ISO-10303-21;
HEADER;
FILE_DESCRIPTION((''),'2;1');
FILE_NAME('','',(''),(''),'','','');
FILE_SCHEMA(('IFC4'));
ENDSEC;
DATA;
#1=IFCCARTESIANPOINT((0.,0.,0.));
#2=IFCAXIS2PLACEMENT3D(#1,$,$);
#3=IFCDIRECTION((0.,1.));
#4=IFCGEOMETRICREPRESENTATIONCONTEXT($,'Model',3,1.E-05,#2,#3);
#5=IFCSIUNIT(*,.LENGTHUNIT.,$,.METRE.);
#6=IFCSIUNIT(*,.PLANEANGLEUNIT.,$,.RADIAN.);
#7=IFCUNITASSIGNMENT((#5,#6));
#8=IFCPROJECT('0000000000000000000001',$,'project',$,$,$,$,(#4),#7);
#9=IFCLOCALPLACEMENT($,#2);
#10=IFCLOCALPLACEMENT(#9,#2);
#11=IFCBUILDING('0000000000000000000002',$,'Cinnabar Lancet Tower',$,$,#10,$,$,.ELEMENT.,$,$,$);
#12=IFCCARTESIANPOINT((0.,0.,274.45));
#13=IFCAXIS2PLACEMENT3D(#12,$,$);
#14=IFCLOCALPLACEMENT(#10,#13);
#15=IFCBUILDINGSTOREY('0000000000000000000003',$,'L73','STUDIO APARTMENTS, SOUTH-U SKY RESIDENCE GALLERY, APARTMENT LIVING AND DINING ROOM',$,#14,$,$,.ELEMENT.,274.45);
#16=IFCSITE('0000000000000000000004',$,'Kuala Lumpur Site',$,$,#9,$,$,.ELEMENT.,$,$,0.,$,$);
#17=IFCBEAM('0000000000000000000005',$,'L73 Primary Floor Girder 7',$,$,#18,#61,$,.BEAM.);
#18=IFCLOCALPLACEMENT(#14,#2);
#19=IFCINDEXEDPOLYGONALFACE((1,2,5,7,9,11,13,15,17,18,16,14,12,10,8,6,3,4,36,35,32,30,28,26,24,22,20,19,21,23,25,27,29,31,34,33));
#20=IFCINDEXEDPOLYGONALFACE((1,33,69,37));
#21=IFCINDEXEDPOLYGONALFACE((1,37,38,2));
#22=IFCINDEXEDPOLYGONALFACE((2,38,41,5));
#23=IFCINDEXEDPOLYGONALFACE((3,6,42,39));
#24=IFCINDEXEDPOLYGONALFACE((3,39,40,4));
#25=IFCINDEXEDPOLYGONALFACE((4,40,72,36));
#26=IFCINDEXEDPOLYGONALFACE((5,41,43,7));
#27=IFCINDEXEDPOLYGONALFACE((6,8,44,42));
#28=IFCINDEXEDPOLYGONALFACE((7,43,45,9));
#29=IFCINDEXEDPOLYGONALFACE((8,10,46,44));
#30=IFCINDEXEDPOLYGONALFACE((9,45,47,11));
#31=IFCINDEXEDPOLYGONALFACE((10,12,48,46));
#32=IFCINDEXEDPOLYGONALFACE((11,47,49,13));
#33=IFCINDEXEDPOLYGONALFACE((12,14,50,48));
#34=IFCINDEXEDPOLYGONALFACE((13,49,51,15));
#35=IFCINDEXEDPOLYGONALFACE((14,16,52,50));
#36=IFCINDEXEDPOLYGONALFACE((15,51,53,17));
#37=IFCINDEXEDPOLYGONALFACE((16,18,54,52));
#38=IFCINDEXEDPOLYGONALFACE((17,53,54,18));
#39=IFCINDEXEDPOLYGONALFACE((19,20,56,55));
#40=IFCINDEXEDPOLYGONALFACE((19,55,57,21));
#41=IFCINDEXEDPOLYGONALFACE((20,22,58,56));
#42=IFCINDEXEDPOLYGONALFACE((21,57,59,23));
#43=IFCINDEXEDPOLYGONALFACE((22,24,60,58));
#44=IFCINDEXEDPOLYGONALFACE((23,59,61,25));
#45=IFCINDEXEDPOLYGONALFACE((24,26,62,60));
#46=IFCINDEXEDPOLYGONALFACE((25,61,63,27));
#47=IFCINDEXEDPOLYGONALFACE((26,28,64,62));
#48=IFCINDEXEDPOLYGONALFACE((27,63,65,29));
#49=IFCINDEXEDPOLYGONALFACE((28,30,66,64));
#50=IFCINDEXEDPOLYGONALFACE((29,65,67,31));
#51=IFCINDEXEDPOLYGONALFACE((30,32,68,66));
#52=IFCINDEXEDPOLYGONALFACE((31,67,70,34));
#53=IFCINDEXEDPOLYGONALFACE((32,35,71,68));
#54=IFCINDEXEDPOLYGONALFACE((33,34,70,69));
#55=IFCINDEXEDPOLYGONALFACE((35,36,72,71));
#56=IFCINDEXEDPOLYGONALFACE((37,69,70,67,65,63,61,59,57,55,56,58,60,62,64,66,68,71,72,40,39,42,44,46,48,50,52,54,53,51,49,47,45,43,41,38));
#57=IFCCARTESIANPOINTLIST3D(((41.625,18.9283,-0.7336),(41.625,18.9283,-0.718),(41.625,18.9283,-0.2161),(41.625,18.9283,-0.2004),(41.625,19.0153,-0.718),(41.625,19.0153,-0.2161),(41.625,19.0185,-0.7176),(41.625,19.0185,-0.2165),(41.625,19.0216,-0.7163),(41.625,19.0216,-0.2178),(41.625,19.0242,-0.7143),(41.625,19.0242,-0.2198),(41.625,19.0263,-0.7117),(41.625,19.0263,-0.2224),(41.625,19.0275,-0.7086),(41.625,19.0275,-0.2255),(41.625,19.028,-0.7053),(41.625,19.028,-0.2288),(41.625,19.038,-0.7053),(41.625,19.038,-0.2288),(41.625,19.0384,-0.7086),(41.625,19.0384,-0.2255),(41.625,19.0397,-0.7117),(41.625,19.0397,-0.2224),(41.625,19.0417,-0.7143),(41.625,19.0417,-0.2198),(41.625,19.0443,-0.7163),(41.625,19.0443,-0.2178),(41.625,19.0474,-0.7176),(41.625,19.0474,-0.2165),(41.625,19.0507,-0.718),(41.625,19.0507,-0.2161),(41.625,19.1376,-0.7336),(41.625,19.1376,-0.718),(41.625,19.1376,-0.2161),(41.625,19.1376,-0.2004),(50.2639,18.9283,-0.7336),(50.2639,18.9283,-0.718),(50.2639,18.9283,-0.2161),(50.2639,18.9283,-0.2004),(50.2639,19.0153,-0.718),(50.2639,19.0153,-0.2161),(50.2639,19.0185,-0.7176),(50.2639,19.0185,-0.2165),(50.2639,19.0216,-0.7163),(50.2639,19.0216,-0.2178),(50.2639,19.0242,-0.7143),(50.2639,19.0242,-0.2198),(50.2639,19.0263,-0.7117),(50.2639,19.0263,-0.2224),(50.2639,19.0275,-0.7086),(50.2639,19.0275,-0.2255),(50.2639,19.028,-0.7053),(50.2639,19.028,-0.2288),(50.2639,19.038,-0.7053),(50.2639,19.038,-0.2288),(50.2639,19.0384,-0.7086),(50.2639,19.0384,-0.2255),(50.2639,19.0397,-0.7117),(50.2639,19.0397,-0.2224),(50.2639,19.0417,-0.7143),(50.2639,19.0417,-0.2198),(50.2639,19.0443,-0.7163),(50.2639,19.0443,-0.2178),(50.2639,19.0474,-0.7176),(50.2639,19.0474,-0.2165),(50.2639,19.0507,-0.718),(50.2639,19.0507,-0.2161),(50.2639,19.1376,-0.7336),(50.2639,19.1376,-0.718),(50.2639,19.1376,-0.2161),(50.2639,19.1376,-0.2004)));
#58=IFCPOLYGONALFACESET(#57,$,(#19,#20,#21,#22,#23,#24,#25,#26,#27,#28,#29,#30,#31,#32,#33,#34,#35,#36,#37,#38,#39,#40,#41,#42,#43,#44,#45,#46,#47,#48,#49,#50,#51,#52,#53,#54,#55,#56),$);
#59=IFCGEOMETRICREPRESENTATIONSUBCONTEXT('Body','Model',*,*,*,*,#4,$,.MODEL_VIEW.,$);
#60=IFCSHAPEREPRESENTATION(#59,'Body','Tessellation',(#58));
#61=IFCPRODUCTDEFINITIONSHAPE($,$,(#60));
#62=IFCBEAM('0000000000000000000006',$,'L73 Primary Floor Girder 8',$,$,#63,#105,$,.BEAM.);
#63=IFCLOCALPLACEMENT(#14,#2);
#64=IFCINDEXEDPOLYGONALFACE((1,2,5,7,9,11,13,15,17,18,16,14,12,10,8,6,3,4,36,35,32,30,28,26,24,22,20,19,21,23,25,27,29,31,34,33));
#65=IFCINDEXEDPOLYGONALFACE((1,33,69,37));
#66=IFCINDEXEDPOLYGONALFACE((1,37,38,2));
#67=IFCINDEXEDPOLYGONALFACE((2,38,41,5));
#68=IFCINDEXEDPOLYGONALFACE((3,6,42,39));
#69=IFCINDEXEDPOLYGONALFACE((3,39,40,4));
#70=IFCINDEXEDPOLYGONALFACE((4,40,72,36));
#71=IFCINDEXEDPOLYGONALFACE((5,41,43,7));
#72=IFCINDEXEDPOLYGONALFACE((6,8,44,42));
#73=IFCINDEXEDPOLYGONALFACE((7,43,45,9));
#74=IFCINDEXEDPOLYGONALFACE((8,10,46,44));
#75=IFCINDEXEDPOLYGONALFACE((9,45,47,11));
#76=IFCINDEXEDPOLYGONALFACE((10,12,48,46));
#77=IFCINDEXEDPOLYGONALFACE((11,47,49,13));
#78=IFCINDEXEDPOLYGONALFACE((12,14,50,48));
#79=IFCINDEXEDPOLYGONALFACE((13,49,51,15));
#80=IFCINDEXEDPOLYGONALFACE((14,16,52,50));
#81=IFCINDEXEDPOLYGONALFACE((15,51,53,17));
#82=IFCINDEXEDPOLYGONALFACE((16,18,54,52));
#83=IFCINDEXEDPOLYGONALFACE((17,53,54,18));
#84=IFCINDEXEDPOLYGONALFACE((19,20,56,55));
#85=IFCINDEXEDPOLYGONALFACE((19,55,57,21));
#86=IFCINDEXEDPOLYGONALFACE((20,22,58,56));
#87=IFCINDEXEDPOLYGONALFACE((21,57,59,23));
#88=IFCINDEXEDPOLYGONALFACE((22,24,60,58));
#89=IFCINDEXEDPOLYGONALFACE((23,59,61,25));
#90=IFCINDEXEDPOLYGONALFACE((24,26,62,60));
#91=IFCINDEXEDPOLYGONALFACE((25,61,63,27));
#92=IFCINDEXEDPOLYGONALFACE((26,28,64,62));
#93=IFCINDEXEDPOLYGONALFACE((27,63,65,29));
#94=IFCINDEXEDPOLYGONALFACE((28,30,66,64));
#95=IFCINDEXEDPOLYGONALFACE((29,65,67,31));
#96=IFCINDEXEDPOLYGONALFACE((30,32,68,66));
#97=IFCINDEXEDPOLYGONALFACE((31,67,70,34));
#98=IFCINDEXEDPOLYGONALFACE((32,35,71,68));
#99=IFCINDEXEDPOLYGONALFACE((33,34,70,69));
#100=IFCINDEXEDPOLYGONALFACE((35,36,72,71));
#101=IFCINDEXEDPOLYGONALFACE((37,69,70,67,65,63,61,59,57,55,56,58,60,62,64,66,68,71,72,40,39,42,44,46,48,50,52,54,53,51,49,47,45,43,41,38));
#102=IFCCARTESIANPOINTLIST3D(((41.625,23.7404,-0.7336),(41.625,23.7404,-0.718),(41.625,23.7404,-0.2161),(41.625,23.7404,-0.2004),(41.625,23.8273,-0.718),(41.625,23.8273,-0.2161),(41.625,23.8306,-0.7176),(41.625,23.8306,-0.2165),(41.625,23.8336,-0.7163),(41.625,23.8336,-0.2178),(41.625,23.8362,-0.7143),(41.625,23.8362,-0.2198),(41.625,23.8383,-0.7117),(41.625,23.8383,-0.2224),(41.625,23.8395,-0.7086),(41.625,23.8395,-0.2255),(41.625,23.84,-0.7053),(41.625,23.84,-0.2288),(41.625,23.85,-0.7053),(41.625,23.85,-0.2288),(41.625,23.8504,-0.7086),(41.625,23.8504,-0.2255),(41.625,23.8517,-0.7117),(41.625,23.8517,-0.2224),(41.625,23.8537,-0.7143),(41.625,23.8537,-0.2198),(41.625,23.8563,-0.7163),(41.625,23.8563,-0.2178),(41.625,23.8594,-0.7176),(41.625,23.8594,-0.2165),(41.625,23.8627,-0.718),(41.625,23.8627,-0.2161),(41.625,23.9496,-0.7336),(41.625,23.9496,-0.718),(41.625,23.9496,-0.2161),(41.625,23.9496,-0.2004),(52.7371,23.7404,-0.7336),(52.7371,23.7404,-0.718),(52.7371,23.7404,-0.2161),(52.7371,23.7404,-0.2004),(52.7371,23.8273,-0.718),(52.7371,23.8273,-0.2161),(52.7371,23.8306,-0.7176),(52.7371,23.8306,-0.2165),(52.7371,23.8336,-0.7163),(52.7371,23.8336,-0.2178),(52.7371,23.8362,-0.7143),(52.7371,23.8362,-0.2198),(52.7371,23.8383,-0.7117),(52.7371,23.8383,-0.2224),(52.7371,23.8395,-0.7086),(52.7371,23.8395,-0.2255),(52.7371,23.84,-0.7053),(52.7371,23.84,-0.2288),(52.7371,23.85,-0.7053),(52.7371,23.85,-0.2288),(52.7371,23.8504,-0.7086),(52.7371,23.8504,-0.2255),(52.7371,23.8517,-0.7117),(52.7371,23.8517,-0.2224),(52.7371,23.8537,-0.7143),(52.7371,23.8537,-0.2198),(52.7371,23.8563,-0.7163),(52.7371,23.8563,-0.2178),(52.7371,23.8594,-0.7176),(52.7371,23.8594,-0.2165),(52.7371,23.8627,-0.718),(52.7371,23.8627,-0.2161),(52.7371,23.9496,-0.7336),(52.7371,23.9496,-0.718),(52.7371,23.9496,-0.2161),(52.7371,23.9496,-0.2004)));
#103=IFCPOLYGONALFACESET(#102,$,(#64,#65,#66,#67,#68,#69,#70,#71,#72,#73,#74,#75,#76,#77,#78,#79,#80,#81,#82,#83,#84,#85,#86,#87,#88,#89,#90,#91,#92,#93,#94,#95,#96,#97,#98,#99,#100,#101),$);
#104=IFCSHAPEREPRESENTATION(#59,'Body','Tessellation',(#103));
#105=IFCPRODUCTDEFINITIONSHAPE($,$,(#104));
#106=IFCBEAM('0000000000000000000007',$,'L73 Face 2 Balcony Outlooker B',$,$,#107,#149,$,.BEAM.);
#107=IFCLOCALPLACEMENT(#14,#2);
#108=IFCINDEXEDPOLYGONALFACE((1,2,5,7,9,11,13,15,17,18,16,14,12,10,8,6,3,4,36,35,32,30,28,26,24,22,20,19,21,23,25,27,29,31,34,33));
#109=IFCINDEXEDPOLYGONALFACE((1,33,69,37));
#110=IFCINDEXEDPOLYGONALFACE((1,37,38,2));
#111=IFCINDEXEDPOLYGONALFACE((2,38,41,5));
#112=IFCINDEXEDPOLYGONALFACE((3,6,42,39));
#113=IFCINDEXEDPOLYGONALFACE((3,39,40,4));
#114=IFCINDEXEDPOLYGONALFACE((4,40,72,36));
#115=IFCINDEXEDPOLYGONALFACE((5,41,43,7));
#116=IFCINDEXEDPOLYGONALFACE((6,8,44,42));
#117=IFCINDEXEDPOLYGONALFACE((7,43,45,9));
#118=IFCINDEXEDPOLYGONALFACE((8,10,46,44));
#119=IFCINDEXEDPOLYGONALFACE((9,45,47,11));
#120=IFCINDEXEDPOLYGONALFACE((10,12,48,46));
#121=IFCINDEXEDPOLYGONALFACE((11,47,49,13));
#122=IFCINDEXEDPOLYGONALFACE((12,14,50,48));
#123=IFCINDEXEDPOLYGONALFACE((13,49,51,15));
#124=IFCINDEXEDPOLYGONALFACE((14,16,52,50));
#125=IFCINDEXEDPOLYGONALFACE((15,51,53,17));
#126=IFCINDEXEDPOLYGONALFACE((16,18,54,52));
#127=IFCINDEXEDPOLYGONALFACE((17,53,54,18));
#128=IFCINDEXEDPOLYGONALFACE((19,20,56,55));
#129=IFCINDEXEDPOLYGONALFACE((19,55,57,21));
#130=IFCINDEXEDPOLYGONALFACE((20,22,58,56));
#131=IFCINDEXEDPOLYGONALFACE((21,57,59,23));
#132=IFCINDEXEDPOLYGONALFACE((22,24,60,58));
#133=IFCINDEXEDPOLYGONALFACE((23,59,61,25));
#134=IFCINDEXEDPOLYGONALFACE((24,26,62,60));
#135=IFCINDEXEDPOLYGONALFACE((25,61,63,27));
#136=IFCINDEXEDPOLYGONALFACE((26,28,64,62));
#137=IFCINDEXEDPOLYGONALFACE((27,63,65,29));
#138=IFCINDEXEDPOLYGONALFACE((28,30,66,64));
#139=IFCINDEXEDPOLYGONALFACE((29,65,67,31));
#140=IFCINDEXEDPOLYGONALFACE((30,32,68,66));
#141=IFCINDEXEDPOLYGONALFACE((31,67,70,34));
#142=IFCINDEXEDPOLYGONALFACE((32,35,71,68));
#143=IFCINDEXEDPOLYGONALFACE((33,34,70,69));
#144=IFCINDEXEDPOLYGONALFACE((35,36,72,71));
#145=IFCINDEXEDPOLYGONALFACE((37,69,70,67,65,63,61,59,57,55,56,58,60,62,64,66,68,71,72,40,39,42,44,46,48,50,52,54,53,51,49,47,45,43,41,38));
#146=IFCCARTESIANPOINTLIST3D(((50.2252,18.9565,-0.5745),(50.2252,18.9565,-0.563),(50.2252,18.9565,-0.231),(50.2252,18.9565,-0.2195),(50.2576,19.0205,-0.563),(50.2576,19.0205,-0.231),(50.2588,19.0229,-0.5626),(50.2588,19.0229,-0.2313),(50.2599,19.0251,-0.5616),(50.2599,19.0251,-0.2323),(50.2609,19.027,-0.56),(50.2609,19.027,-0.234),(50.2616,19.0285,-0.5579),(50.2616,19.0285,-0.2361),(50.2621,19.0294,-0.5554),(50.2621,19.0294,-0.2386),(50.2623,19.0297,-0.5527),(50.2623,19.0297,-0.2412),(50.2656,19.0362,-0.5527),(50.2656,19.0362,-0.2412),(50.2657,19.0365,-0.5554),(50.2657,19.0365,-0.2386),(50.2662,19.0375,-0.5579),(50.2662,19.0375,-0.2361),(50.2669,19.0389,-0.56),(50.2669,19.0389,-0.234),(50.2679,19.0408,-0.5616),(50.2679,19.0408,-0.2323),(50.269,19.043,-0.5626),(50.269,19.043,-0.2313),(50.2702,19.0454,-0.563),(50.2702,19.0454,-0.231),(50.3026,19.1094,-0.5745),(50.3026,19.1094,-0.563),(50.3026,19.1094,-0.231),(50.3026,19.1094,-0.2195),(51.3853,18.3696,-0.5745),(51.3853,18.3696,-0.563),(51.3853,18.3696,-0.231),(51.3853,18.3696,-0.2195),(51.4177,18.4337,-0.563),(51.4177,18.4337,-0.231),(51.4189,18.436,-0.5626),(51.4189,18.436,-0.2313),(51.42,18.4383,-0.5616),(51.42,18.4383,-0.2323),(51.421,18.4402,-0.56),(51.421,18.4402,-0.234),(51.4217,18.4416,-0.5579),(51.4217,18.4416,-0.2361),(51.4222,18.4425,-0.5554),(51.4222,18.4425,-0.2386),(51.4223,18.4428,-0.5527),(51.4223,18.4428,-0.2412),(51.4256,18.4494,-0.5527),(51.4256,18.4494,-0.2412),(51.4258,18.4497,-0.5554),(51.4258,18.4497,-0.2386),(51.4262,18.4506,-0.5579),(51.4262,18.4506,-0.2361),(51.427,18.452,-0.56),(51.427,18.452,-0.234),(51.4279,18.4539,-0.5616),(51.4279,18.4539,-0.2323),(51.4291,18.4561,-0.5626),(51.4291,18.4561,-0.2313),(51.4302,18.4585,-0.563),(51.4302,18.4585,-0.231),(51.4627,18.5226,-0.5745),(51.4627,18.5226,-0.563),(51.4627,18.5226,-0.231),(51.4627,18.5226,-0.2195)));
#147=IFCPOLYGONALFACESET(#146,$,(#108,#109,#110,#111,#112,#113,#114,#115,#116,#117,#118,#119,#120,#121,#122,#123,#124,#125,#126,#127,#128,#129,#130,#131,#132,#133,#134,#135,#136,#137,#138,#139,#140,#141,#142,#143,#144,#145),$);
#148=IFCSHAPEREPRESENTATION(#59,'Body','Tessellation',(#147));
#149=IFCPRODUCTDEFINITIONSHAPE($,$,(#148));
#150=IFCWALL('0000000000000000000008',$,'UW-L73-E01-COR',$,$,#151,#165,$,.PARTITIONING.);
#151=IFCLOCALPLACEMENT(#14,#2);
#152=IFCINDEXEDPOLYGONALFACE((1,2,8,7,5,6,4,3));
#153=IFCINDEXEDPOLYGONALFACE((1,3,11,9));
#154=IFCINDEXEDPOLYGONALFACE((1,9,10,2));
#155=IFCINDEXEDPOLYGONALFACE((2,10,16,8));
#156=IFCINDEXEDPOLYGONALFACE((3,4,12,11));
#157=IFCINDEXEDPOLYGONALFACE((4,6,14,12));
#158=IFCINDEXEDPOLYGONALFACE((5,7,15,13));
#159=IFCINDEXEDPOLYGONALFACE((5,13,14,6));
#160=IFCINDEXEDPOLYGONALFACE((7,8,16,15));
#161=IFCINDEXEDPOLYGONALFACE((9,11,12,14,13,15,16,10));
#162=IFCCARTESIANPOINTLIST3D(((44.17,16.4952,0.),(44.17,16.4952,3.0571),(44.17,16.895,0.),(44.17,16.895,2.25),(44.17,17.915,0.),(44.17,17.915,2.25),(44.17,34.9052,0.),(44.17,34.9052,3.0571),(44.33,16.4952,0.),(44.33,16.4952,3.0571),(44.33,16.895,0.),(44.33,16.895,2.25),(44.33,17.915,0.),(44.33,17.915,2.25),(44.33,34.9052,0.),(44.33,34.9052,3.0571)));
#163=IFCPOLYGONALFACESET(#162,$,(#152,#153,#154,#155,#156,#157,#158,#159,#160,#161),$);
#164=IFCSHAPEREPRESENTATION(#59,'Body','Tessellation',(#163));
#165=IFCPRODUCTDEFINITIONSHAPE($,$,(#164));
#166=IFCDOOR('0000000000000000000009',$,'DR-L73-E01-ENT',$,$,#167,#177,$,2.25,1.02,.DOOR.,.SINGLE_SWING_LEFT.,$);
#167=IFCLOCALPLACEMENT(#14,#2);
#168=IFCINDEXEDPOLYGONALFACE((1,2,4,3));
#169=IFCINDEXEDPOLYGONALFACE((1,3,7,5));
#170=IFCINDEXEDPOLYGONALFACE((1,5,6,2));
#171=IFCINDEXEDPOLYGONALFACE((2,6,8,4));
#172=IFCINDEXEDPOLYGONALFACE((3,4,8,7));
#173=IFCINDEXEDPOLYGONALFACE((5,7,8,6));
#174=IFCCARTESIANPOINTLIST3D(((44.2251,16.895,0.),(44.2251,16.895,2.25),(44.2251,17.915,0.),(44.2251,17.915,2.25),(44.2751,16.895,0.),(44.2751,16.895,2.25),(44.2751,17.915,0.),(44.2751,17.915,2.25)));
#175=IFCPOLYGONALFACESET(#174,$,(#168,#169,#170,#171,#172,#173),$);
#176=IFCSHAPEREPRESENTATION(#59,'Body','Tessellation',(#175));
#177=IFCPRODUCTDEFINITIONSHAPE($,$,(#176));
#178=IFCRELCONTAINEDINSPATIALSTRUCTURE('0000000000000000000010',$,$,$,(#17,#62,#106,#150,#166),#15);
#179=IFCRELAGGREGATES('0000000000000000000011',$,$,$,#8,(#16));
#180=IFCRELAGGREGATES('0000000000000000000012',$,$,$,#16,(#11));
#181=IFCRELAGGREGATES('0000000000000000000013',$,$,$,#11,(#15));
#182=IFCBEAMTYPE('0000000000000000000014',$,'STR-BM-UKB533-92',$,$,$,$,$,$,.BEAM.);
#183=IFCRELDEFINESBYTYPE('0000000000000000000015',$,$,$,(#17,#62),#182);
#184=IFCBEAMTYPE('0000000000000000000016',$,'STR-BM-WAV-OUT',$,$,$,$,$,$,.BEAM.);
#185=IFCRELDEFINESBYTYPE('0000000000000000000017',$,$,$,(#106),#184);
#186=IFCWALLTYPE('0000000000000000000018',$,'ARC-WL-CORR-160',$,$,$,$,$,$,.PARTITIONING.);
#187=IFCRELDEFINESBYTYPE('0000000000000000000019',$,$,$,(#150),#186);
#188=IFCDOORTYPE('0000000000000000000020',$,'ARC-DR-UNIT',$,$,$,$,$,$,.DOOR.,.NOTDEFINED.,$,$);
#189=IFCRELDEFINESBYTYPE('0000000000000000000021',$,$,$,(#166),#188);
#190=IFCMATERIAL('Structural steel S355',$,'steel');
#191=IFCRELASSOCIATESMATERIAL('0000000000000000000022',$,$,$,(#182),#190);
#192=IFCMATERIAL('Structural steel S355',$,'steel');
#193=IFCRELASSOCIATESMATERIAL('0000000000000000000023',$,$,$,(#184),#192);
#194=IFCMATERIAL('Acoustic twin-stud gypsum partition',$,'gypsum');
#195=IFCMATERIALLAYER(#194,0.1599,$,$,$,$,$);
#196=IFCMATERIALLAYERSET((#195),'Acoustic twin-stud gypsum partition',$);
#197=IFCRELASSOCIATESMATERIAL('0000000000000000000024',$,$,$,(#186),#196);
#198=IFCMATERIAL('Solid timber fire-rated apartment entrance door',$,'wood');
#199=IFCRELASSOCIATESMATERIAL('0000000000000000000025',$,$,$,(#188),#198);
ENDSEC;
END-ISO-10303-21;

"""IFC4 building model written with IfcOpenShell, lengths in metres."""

from ifc_helpers import new_model, si_unit, direction, frame, frame_2d, origin, origin_2d, place, context, subcontext, project, spatial, rectangle, i_section, extrude, material, layer, layer_set, material_profile, profile_set, type_object, element, fill, save


model = new_model("IFC4")

# Units and contexts
model_context = context("Model", 3, precision=1e-05, world=origin(), true_north=direction((0.0, 1.0)))
body_context = subcontext(model_context, "Body", "Model", "MODEL_VIEW")
ifc_project = project(units=[si_unit("LENGTHUNIT", "METRE"), si_unit("PLANEANGLEUNIT", "RADIAN")], contexts=[model_context])

# Site, building, storey
site_placement = place(None, origin())
site = spatial("IfcSite", under=ifc_project, at=site_placement, Name="Kuala Lumpur Site", CompositionType="ELEMENT", RefElevation=0.0)
building_placement = place(site_placement, origin())
building = spatial("IfcBuilding", under=site, at=building_placement, Name="Cinnabar Lancet Tower", CompositionType="ELEMENT")
storey_placement = place(building_placement, frame((0.0, 0.0, 274.45)))
storey = spatial("IfcBuildingStorey", under=building, at=storey_placement, Name="L73", Description="STUDIO APARTMENTS, SOUTH-U SKY RESIDENCE GALLERY, APARTMENT LIVING AND DINING ROOM", CompositionType="ELEMENT", Elevation=274.45)

# Beams
ifc_material_1 = material(Name="Structural steel S355", Category="steel")
ifc_material_profile_1 = material_profile(ifc_material_1, i_section(OverallWidth=0.2092, OverallDepth=0.5332, WebThickness=0.01, FlangeThickness=0.0156, FilletRadius=0.0127, at=origin_2d()), Name="UKB 533x210x92")
ifc_profile_set_1 = profile_set([ifc_material_profile_1], Name="Structural steel S355")
beam_type_1 = type_object("IfcBeamType", Name="STR-BM-UKB533-92", PredefinedType="BEAM", material=ifc_profile_set_1)
beam_1_placement = place(storey_placement, frame((50.2639, 19.033, -0.467), z_axis=(-1.0, 0.0, 0.0), x_axis=(0.0, -1.0, 0.0)))
element("IfcBeam", 1, at=beam_1_placement, inside=storey, type_object=beam_type_1, Name="L73 Primary Floor Girder 7", PredefinedType="BEAM", context=body_context, shape_type="SweptSolid", body=[
    extrude(i_section(OverallWidth=0.2092, OverallDepth=0.5332, WebThickness=0.01, FlangeThickness=0.0156, FilletRadius=0.0127, at=origin_2d()), origin(), (0.0, 0.0, 1.0), 8.6389),
])
beam_2_placement = place(storey_placement, frame((52.7371, 23.845, -0.467), z_axis=(-1.0, 0.0, 0.0), x_axis=(0.0, -1.0, 0.0)))
element("IfcBeam", 2, at=beam_2_placement, inside=storey, type_object=beam_type_1, Name="L73 Primary Floor Girder 8", PredefinedType="BEAM", context=body_context, shape_type="SweptSolid", body=[
    extrude(i_section(OverallWidth=0.2092, OverallDepth=0.5332, WebThickness=0.01, FlangeThickness=0.0156, FilletRadius=0.0127, at=origin_2d()), origin(), (0.0, 0.0, 1.0), 11.1121),
])
ifc_material_2 = material(Name="Structural steel S355", Category="steel")
ifc_material_profile_2 = material_profile(ifc_material_2, i_section(OverallWidth=0.1714, OverallDepth=0.355, WebThickness=0.0073, FlangeThickness=0.0115, FilletRadius=0.0103, at=origin_2d()), Name="UKB 356x171x51")
ifc_profile_set_2 = profile_set([ifc_material_profile_2], Name="Structural steel S355")
beam_type_2 = type_object("IfcBeamType", Name="STR-BM-WAV-OUT", PredefinedType="BEAM", material=ifc_profile_set_2)
beam_3_placement = place(storey_placement, frame((50.2639, 19.033, -0.397), z_axis=(0.892314, -0.451415, 0.0), x_axis=(0.451415, 0.892314, 0.0)))
element("IfcBeam", 3, at=beam_3_placement, inside=storey, type_object=beam_type_2, Name="L73 Face 2 Balcony Outlooker B", PredefinedType="BEAM", context=body_context, shape_type="SweptSolid", body=[
    extrude(i_section(OverallWidth=0.1714, OverallDepth=0.355, WebThickness=0.0073, FlangeThickness=0.0115, FilletRadius=0.0103, at=origin_2d()), origin(), (0.0, 0.0, 1.0), 1.3),
])

# Wall, opening, door
ifc_material_3 = material(Name="Acoustic twin-stud gypsum partition", Category="gypsum")
ifc_layer_1 = layer(ifc_material_3, 0.1599)
ifc_layer_set_1 = layer_set([ifc_layer_1], Name="Acoustic twin-stud gypsum partition")
wall_type_1 = type_object("IfcWallType", Name="ARC-WL-CORR-160", PredefinedType="PARTITIONING", material=ifc_layer_set_1)
wall_1_placement = place(storey_placement, frame((44.25, 16.4951, 0.0), z_axis=(0.0, 0.0, 1.0), x_axis=(0.0, 1.0, 0.0)))
wall_1 = element("IfcWall", 4, at=wall_1_placement, inside=storey, type_object=wall_type_1, Name="UW-L73-E01-COR", PredefinedType="PARTITIONING", context=body_context, shape_type="SweptSolid", body=[
    extrude(rectangle(XDim=18.4099, YDim=0.1599, at=frame_2d((9.2051, 0.0))), origin(), (0.0, 0.0, 1.0), 3.0571),
])
opening_1_placement = place(wall_1_placement, frame((0.3999, 0.0, 0.0)))
opening_1 = element("IfcOpeningElement", 5, at=opening_1_placement, cuts=wall_1, PredefinedType="OPENING", context=body_context, shape_type="SweptSolid", body=[
    extrude(rectangle(XDim=1.02, YDim=2.25, at=frame_2d((0.51, 1.125))), frame((0.0, 0.0898, 0.0), z_axis=(0.0, -1.0, 0.0), x_axis=(1.0, 0.0, 0.0)), (0.0, 0.0, 1.0), 0.1799),
])
ifc_material_4 = material(Name="Solid timber fire-rated apartment entrance door", Category="wood")
door_type_1 = type_object("IfcDoorType", Name="ARC-DR-UNIT", OperationType="NOTDEFINED", PredefinedType="DOOR", material=ifc_material_4)
door_1_placement = place(opening_1_placement, origin())
door_1 = element("IfcDoor", 6, at=door_1_placement, inside=storey, type_object=door_type_1, Name="DR-L73-E01-ENT", OperationType="SINGLE_SWING_LEFT", OverallHeight=2.25, OverallWidth=1.02, PredefinedType="DOOR", context=body_context, shape_type="SweptSolid", body=[
    extrude(rectangle(XDim=1.02, YDim=2.25, at=frame_2d((0.51, 1.125))), frame((0.0, 0.0249, 0.0), z_axis=(0.0, -1.0, 0.0), x_axis=(1.0, 0.0, 0.0)), (0.0, 0.0, 1.0), 0.05),
])
fill(opening_1, door_1)

save(model, "model.ifc")
